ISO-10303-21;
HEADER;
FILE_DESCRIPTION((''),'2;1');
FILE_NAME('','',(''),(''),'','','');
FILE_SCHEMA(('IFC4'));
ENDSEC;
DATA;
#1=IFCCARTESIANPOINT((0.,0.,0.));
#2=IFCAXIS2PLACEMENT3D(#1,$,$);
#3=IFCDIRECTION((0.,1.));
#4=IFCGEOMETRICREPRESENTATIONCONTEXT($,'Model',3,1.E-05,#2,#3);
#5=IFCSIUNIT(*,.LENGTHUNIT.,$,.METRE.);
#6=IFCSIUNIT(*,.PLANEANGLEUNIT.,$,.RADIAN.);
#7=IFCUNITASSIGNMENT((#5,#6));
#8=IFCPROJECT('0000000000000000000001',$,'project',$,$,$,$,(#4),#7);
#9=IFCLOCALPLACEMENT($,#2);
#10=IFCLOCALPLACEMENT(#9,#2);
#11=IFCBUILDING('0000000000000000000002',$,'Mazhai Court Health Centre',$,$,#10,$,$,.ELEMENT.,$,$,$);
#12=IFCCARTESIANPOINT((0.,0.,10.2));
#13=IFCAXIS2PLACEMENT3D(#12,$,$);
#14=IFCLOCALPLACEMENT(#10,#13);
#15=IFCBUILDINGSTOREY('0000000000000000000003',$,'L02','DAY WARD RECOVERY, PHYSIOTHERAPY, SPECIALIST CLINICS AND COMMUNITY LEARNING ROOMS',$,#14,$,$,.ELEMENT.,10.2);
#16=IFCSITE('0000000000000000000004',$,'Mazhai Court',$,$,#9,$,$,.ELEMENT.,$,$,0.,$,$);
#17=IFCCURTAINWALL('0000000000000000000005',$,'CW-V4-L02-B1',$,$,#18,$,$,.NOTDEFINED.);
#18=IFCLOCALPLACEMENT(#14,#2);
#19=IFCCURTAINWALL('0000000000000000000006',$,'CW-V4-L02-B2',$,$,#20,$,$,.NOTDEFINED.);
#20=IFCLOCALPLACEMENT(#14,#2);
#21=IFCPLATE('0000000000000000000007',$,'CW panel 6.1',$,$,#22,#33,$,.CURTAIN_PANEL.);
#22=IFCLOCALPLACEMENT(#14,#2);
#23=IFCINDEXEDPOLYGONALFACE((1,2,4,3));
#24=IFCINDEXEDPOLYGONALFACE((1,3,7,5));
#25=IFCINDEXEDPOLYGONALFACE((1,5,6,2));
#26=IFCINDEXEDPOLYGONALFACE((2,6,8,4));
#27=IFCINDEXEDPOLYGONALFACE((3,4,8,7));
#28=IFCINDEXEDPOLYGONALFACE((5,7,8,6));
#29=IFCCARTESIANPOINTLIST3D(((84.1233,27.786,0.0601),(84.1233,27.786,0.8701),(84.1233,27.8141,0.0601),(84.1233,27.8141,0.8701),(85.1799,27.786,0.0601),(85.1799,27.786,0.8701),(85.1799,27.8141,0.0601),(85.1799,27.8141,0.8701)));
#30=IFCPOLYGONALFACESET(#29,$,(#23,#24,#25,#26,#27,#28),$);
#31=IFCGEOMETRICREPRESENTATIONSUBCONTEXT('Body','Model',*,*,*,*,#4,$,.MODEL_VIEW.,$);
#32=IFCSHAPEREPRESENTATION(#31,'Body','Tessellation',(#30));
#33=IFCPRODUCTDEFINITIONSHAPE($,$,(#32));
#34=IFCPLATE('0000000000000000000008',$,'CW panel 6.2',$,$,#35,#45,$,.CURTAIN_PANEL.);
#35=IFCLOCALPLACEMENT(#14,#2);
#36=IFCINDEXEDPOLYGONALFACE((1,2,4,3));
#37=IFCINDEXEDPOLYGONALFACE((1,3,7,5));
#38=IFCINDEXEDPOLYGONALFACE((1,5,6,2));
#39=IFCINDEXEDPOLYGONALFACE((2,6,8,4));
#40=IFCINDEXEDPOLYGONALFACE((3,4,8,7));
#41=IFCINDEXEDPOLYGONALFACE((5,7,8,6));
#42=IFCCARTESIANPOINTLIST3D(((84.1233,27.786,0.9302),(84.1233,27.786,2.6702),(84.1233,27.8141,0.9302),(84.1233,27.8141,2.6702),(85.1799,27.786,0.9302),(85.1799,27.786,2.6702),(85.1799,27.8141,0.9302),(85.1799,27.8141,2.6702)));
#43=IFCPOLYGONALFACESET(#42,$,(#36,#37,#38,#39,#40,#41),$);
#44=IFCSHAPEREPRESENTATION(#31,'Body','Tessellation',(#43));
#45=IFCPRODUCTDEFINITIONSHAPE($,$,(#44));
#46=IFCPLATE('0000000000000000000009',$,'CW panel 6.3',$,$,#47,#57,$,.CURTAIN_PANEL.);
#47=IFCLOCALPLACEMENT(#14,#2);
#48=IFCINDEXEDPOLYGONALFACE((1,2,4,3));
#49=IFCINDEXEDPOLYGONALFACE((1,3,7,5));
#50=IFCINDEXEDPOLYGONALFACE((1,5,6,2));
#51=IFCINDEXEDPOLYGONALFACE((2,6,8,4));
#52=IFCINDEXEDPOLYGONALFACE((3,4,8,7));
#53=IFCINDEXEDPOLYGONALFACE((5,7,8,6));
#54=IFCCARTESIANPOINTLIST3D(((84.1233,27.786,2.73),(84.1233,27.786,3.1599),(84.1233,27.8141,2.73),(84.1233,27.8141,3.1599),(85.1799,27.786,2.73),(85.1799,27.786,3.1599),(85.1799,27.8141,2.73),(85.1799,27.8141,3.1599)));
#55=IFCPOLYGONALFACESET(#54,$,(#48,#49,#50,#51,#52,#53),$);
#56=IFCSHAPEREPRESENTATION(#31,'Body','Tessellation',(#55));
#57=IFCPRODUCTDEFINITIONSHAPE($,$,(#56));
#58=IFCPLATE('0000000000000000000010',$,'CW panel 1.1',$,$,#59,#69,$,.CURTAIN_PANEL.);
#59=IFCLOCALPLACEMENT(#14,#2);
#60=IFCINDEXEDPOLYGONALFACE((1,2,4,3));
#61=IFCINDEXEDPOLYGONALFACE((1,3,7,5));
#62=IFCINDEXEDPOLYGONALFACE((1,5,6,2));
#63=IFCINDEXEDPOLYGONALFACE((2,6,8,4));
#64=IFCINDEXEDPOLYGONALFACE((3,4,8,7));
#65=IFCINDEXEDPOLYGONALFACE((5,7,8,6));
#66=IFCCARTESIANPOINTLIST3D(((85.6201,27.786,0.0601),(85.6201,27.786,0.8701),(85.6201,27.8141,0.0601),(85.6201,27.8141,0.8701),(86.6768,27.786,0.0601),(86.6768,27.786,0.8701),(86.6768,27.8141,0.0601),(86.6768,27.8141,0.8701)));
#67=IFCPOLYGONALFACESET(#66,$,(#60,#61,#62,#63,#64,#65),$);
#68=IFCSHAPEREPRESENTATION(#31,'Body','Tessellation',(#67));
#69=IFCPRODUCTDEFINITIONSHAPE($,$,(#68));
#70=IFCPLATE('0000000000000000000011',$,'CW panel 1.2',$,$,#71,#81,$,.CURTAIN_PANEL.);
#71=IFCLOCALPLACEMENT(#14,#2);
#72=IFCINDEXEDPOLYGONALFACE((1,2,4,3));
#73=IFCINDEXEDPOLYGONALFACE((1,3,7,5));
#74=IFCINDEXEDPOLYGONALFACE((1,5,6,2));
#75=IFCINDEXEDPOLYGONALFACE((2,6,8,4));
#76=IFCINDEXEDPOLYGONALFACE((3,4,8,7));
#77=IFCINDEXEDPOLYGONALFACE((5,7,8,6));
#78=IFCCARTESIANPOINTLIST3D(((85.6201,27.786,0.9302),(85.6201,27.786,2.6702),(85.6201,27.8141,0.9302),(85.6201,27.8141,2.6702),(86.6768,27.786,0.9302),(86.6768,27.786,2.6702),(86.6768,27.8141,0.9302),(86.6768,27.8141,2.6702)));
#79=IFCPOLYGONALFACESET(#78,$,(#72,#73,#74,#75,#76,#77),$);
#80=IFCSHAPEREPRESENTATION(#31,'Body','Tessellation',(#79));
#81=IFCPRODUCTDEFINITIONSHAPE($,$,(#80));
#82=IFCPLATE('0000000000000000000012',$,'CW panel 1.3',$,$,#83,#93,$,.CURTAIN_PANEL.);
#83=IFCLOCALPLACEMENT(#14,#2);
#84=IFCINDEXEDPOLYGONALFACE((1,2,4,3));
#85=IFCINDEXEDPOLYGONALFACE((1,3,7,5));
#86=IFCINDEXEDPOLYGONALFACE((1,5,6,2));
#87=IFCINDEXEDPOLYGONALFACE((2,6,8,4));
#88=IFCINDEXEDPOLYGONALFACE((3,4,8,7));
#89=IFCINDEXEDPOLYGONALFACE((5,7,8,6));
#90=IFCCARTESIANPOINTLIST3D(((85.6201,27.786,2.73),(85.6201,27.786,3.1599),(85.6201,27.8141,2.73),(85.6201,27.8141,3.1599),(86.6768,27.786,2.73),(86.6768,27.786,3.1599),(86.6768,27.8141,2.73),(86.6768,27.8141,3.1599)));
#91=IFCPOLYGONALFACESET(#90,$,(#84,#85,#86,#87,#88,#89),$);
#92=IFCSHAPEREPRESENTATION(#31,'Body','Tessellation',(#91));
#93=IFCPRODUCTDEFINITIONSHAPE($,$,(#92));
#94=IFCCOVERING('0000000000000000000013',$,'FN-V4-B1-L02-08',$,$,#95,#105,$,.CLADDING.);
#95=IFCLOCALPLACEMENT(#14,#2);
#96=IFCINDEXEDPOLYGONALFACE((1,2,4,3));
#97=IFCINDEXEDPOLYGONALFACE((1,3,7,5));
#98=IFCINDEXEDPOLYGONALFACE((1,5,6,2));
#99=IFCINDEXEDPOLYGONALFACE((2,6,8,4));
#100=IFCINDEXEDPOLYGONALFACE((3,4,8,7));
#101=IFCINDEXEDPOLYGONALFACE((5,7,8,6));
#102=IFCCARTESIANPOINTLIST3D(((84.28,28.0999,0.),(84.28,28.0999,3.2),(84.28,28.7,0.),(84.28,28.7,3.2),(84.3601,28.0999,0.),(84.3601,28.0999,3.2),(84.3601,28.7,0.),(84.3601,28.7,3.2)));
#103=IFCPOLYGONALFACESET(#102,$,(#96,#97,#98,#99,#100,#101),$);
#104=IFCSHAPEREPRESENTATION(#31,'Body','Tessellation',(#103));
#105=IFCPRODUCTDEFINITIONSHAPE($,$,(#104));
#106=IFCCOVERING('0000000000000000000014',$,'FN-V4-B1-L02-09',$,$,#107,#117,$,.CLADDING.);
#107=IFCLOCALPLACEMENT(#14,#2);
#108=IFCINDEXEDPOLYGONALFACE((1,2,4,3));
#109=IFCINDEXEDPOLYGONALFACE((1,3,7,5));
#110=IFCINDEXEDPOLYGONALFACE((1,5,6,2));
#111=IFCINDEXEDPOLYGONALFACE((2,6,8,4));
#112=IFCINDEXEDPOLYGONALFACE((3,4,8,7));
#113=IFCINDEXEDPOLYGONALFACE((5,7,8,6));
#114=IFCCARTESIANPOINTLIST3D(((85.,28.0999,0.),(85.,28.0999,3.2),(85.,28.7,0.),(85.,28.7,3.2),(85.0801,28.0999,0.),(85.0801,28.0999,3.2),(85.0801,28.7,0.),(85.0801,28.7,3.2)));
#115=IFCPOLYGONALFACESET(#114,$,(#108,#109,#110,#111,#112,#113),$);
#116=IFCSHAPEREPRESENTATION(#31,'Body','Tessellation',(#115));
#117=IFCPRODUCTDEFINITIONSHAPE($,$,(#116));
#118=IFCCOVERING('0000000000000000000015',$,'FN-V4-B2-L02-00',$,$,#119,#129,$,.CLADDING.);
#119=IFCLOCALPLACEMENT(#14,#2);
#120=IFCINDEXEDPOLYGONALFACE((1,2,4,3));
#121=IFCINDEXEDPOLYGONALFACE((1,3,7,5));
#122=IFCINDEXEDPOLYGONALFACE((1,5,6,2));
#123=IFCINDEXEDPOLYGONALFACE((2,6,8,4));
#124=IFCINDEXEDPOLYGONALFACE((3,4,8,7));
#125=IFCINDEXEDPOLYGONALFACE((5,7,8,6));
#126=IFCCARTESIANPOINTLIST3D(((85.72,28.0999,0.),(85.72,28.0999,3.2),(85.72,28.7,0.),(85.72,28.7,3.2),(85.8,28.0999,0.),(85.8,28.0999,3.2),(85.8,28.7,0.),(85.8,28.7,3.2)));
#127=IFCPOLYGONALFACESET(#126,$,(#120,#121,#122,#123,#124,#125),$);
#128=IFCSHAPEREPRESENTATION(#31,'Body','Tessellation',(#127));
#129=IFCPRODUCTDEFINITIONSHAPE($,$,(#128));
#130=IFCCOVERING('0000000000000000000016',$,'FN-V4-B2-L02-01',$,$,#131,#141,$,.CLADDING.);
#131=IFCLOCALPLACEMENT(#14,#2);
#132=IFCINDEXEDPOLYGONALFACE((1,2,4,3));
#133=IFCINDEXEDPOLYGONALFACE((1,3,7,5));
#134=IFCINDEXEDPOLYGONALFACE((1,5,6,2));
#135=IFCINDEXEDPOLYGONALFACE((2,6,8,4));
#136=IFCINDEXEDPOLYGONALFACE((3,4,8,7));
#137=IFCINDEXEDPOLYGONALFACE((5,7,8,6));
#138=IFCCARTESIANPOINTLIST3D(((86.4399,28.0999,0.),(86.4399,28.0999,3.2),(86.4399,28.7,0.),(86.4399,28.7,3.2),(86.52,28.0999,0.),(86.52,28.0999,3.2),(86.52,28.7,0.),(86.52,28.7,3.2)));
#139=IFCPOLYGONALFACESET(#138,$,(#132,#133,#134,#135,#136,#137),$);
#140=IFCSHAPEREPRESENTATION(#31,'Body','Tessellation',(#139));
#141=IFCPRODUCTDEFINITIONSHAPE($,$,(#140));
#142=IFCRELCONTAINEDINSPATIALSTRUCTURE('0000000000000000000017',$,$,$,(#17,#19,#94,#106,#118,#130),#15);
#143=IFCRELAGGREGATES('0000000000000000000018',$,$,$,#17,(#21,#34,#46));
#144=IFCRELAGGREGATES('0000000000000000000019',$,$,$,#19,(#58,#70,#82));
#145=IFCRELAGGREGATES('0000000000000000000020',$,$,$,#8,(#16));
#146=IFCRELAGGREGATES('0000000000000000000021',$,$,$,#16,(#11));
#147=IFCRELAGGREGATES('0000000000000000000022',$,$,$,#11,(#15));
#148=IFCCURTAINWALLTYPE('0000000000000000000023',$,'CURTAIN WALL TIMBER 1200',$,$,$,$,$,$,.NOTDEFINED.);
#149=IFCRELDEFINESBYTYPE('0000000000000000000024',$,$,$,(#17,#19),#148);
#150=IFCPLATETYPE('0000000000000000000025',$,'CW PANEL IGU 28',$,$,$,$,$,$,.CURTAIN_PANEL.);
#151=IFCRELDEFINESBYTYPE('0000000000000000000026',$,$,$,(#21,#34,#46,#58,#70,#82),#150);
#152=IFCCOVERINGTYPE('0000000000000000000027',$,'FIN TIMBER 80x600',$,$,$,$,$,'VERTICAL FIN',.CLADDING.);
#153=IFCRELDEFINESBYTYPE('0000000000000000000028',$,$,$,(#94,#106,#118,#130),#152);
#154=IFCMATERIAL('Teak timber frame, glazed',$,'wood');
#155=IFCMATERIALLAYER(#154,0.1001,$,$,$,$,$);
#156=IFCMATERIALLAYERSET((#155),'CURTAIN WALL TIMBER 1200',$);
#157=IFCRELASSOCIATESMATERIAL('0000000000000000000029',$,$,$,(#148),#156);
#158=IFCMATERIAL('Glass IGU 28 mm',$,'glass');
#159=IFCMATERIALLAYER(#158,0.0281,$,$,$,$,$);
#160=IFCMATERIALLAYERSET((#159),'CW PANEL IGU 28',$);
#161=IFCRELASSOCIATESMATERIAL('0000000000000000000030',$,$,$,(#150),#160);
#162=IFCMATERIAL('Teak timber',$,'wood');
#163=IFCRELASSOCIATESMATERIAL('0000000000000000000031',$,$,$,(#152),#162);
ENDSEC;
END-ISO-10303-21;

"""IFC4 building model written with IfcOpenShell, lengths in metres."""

from ifc_helpers import new_model, si_unit, direction, frame, origin, origin_2d, place, context, subcontext, project, spatial, rectangle, extrude, material, layer, layer_set, type_object, element, aggregate, save


model = new_model("IFC4")

# Units and contexts
model_context = context("Model", 3, precision=1e-05, world=origin(), true_north=direction((0.0, 1.0)))
body_context = subcontext(model_context, "Body", "Model", "MODEL_VIEW")
ifc_project = project(units=[si_unit("LENGTHUNIT", "METRE"), si_unit("PLANEANGLEUNIT", "RADIAN")], contexts=[model_context])

# Site, building, storey
site_placement = place(None, origin())
site = spatial("IfcSite", under=ifc_project, at=site_placement, Name="Mazhai Court", CompositionType="ELEMENT", RefElevation=0.0)
building_placement = place(site_placement, origin())
building = spatial("IfcBuilding", under=site, at=building_placement, Name="Mazhai Court Health Centre", CompositionType="ELEMENT")
storey_placement = place(building_placement, frame((0.0, 0.0, 10.2)))
storey = spatial("IfcBuildingStorey", under=building, at=storey_placement, Name="L02", Description="DAY WARD RECOVERY, PHYSIOTHERAPY, SPECIALIST CLINICS AND COMMUNITY LEARNING ROOMS", CompositionType="ELEMENT", Elevation=10.2)

# Curtain wall
ifc_material_1 = material(Name="Teak timber frame, glazed", Category="wood")
ifc_layer_1 = layer(ifc_material_1, 0.1001)
ifc_layer_set_1 = layer_set([ifc_layer_1], Name="CURTAIN WALL TIMBER 1200")
curtain_wall_type = type_object("IfcCurtainWallType", Name="CURTAIN WALL TIMBER 1200", PredefinedType="NOTDEFINED", material=ifc_layer_set_1)
curtain_wall_1_placement = place(storey_placement, origin())
curtain_wall_1 = element("IfcCurtainWall", 1, at=curtain_wall_1_placement, inside=storey, type_object=curtain_wall_type, Name="CW-V4-L02-B1", PredefinedType="NOTDEFINED")

# Curtain wall
curtain_wall_2_placement = place(storey_placement, origin())
curtain_wall_2 = element("IfcCurtainWall", 2, at=curtain_wall_2_placement, inside=storey, type_object=curtain_wall_type, Name="CW-V4-L02-B2", PredefinedType="NOTDEFINED")

# Plates
ifc_material_2 = material(Name="Glass IGU 28 mm", Category="glass")
ifc_layer_2 = layer(ifc_material_2, 0.0281)
ifc_layer_set_2 = layer_set([ifc_layer_2], Name="CW PANEL IGU 28")
plate_type = type_object("IfcPlateType", Name="CW PANEL IGU 28", PredefinedType="CURTAIN_PANEL", material=ifc_layer_set_2)
plate_1_placement = place(storey_placement, frame((84.6516, 27.8, 0.0601), z_axis=(0.0, 0.0, 1.0), x_axis=(1.0, 0.0, 0.0)))
plate_1 = element("IfcPlate", 3, at=plate_1_placement, type_object=plate_type, Name="CW panel 6.1", PredefinedType="CURTAIN_PANEL", context=body_context, shape_type="SweptSolid", body=[
    extrude(rectangle(XDim=1.0566, YDim=0.0281, at=origin_2d()), origin(), (0.0, 0.0, 1.0), 0.8101),
])
plate_2_placement = place(storey_placement, frame((84.6516, 27.8, 0.9302), z_axis=(0.0, 0.0, 1.0), x_axis=(1.0, 0.0, 0.0)))
plate_2 = element("IfcPlate", 4, at=plate_2_placement, type_object=plate_type, Name="CW panel 6.2", PredefinedType="CURTAIN_PANEL", context=body_context, shape_type="SweptSolid", body=[
    extrude(rectangle(XDim=1.0566, YDim=0.0281, at=origin_2d()), origin(), (0.0, 0.0, 1.0), 1.74),
])
plate_3_placement = place(storey_placement, frame((84.6516, 27.8, 2.73), z_axis=(0.0, 0.0, 1.0), x_axis=(1.0, 0.0, 0.0)))
plate_3 = element("IfcPlate", 5, at=plate_3_placement, type_object=plate_type, Name="CW panel 6.3", PredefinedType="CURTAIN_PANEL", context=body_context, shape_type="SweptSolid", body=[
    extrude(rectangle(XDim=1.0566, YDim=0.0281, at=origin_2d()), origin(), (0.0, 0.0, 1.0), 0.4299),
])
aggregate(curtain_wall_1, [plate_1, plate_2, plate_3])
plate_4_placement = place(storey_placement, frame((86.1484, 27.8, 0.0601), z_axis=(0.0, 0.0, 1.0), x_axis=(1.0, 0.0, 0.0)))
plate_4 = element("IfcPlate", 6, at=plate_4_placement, type_object=plate_type, Name="CW panel 1.1", PredefinedType="CURTAIN_PANEL", context=body_context, shape_type="SweptSolid", body=[
    extrude(rectangle(XDim=1.0566, YDim=0.0281, at=origin_2d()), origin(), (0.0, 0.0, 1.0), 0.8101),
])
plate_5_placement = place(storey_placement, frame((86.1484, 27.8, 0.9302), z_axis=(0.0, 0.0, 1.0), x_axis=(1.0, 0.0, 0.0)))
plate_5 = element("IfcPlate", 7, at=plate_5_placement, type_object=plate_type, Name="CW panel 1.2", PredefinedType="CURTAIN_PANEL", context=body_context, shape_type="SweptSolid", body=[
    extrude(rectangle(XDim=1.0566, YDim=0.0281, at=origin_2d()), origin(), (0.0, 0.0, 1.0), 1.74),
])
plate_6_placement = place(storey_placement, frame((86.1484, 27.8, 2.73), z_axis=(0.0, 0.0, 1.0), x_axis=(1.0, 0.0, 0.0)))
plate_6 = element("IfcPlate", 8, at=plate_6_placement, type_object=plate_type, Name="CW panel 1.3", PredefinedType="CURTAIN_PANEL", context=body_context, shape_type="SweptSolid", body=[
    extrude(rectangle(XDim=1.0566, YDim=0.0281, at=origin_2d()), origin(), (0.0, 0.0, 1.0), 0.4299),
])
aggregate(curtain_wall_2, [plate_4, plate_5, plate_6])

# Coverings
ifc_material_3 = material(Name="Teak timber", Category="wood")
covering_type = type_object("IfcCoveringType", Name="FIN TIMBER 80x600", ElementType="VERTICAL FIN", PredefinedType="CLADDING", material=ifc_material_3)
for number, where, z_axis, x_axis, name in (
    (9, (84.3201, 28.3999, 0.0), (0.0, 0.0, 1.0), (1.0, 0.0, 0.0), "FN-V4-B1-L02-08"),
    (10, (85.04, 28.3999, 0.0), (0.0, 0.0, 1.0), (1.0, 0.0, 0.0), "FN-V4-B1-L02-09"),
    (11, (85.76, 28.3999, 0.0), (0.0, 0.0, 1.0), (1.0, 0.0, 0.0), "FN-V4-B2-L02-00"),
    (12, (86.48, 28.3999, 0.0), (0.0, 0.0, 1.0), (1.0, 0.0, 0.0), "FN-V4-B2-L02-01"),
):
    element("IfcCovering", number, at=place(storey_placement, frame(where, z_axis=z_axis, x_axis=x_axis)), inside=storey, type_object=covering_type, Name=name, PredefinedType="CLADDING", context=body_context, shape_type="SweptSolid", body=[
        extrude(rectangle(XDim=0.0801, YDim=0.6001, at=origin_2d()), origin(), (0.0, 0.0, 1.0), 3.2),
    ])

save(model, "model.ifc")
